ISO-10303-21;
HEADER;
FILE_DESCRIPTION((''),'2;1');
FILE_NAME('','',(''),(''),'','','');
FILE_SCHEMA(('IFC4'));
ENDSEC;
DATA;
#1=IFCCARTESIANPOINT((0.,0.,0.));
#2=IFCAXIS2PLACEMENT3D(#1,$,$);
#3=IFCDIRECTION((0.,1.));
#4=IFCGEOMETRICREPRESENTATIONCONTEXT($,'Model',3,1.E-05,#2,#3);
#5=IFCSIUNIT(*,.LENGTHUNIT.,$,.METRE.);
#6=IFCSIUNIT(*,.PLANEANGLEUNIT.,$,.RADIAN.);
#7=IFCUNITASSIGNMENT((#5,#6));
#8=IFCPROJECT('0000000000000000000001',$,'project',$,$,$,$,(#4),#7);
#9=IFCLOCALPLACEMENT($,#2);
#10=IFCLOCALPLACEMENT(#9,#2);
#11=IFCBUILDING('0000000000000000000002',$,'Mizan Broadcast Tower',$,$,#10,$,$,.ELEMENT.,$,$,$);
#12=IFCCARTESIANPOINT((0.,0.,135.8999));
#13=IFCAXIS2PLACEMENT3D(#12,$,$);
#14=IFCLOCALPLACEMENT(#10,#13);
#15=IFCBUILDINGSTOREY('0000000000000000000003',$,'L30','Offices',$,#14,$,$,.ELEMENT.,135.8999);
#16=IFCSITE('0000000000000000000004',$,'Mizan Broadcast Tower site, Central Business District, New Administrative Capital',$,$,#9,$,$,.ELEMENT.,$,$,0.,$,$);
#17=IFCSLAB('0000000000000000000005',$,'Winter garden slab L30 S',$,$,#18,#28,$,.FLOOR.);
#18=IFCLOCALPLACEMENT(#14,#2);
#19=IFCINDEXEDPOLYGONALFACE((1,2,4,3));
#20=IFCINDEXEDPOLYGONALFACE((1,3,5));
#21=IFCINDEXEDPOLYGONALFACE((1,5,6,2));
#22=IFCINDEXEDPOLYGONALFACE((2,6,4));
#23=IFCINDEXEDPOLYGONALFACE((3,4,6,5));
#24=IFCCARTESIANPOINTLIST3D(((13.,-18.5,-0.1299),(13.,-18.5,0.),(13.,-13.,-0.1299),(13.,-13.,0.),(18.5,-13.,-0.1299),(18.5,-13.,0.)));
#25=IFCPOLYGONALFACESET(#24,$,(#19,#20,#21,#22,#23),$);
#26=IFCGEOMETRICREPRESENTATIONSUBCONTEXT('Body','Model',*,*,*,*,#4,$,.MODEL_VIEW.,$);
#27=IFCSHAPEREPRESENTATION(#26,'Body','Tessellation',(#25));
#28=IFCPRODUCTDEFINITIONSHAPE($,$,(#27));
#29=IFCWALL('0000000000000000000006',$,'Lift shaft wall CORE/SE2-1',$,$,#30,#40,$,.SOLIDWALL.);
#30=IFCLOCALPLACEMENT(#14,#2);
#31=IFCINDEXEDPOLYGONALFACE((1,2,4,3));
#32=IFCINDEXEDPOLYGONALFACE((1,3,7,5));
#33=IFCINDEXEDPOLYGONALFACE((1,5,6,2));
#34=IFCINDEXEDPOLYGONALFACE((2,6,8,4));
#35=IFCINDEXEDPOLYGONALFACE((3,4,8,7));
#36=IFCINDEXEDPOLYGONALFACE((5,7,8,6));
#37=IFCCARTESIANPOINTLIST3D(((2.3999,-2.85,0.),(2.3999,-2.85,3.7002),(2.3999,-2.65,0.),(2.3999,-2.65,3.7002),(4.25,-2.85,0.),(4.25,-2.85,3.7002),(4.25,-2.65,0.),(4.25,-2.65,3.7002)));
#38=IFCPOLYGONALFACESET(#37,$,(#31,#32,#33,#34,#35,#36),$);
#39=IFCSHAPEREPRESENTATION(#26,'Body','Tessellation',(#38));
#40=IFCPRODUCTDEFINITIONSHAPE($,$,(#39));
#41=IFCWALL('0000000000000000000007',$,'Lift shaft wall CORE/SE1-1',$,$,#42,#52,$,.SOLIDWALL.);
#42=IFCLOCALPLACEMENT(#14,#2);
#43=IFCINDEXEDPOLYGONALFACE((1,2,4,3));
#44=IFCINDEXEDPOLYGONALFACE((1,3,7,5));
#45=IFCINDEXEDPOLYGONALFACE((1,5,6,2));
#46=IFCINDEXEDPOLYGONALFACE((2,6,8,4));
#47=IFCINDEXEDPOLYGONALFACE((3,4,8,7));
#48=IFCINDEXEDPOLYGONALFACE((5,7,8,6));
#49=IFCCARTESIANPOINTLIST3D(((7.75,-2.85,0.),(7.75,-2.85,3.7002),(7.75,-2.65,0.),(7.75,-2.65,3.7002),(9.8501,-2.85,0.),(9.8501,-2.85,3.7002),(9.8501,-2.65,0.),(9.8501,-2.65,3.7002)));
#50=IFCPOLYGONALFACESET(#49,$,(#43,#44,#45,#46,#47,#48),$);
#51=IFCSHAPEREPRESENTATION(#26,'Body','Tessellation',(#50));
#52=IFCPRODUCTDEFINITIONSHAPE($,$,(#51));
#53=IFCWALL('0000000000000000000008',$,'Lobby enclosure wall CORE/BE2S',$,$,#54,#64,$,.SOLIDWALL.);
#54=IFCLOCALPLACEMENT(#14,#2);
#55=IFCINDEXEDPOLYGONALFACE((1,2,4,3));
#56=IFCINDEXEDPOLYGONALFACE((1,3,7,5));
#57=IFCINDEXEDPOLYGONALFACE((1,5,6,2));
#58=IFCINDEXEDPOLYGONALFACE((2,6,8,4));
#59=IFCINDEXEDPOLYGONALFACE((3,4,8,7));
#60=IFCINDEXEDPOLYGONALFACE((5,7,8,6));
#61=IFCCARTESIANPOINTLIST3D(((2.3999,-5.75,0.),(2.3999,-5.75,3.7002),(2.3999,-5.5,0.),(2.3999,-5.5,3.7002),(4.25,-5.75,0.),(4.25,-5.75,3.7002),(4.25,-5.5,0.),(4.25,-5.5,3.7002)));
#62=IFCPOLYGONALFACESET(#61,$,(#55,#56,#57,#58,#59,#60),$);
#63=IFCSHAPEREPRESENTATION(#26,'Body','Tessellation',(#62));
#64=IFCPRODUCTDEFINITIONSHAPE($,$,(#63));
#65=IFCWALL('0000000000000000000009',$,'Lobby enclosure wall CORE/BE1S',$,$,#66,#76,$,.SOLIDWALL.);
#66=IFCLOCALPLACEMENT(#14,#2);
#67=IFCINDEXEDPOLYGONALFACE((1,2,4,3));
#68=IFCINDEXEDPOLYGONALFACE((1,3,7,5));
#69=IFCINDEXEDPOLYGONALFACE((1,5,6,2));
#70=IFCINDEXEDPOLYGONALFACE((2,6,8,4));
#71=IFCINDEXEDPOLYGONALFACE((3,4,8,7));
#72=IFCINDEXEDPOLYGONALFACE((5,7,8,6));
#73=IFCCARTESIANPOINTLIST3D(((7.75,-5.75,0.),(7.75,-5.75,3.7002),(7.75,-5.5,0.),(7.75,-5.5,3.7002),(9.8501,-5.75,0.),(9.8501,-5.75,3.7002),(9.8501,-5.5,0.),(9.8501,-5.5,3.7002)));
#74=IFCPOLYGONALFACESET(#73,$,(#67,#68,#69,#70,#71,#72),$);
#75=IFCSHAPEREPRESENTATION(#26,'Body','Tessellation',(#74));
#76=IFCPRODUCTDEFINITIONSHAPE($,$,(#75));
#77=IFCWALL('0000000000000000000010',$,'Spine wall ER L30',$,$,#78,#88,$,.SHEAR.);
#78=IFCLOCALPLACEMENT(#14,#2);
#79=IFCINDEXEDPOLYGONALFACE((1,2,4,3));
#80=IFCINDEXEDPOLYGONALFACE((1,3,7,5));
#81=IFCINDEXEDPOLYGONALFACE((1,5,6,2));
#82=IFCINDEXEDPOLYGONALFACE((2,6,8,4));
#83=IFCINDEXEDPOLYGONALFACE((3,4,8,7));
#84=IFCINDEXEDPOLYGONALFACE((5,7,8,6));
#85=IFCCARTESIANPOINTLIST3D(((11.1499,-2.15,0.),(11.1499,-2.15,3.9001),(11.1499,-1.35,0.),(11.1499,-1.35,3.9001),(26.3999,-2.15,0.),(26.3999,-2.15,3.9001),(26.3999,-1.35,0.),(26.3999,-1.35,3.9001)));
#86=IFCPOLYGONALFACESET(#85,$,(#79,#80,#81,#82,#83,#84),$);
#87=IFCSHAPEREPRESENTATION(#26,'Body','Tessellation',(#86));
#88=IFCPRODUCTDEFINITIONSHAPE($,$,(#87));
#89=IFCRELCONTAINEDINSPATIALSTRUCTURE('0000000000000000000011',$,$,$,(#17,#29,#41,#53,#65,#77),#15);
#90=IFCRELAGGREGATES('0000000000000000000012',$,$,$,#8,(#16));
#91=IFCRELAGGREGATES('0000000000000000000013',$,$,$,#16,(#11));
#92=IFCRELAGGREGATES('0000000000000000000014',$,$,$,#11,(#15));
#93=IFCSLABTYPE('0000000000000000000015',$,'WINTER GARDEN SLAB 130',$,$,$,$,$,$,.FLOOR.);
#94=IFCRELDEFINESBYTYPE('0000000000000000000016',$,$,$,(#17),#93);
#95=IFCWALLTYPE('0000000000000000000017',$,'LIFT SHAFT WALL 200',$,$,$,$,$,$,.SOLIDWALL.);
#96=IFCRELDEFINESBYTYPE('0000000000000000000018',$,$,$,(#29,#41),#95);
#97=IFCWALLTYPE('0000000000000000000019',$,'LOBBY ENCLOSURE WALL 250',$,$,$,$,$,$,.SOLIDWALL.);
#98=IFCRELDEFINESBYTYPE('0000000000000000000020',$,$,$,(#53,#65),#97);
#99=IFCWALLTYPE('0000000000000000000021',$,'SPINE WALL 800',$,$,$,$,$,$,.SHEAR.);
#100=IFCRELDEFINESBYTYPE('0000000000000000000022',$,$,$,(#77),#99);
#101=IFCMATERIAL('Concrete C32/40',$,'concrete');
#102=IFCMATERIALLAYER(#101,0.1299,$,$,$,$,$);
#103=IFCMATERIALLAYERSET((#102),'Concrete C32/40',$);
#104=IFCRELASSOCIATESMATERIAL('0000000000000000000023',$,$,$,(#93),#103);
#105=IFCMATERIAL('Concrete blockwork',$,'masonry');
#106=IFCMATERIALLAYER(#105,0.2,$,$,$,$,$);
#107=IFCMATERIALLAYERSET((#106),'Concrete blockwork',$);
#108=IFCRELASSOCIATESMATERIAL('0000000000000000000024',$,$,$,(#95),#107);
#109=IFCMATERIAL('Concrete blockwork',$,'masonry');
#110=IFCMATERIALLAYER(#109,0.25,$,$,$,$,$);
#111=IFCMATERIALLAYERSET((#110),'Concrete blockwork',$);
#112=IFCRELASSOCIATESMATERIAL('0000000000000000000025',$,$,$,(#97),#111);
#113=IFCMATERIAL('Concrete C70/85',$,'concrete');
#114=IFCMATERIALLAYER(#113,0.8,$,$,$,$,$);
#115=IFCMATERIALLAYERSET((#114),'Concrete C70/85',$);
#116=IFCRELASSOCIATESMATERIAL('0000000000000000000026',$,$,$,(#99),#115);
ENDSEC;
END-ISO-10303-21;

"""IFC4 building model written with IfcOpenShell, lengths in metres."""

from ifc_helpers import new_model, si_unit, direction, frame, frame_2d, origin, place, context, subcontext, project, spatial, polyline, rectangle, outline, extrude, material, layer, layer_set, type_object, element, save


model = new_model("IFC4")

# Units and contexts
model_context = context("Model", 3, precision=1e-05, world=origin(), true_north=direction((0.0, 1.0)))
body_context = subcontext(model_context, "Body", "Model", "MODEL_VIEW")
ifc_project = project(units=[si_unit("LENGTHUNIT", "METRE"), si_unit("PLANEANGLEUNIT", "RADIAN")], contexts=[model_context])

# Site, building, storey
site_placement = place(None, origin())
site = spatial("IfcSite", under=ifc_project, at=site_placement, Name="Mizan Broadcast Tower site, Central Business District, New Administrative Capital", CompositionType="ELEMENT", RefElevation=0.0)
building_placement = place(site_placement, origin())
building = spatial("IfcBuilding", under=site, at=building_placement, Name="Mizan Broadcast Tower", CompositionType="ELEMENT")
storey_placement = place(building_placement, frame((0.0, 0.0, 135.8999)))
storey = spatial("IfcBuildingStorey", under=building, at=storey_placement, Name="L30", Description="Offices", CompositionType="ELEMENT", Elevation=135.8999)

# Slab
ifc_material_1 = material(Name="Concrete C32/40", Category="concrete")
ifc_layer_1 = layer(ifc_material_1, 0.1299)
ifc_layer_set_1 = layer_set([ifc_layer_1], Name="Concrete C32/40")
slab_type_1 = type_object("IfcSlabType", Name="WINTER GARDEN SLAB 130", PredefinedType="FLOOR", material=ifc_layer_set_1)
slab_1_placement = place(storey_placement, frame((0.0, 0.0, -0.1299)))
element("IfcSlab", 1, at=slab_1_placement, inside=storey, type_object=slab_type_1, Name="Winter garden slab L30 S", PredefinedType="FLOOR", context=body_context, shape_type="SweptSolid", body=[
    extrude(outline(polyline([(13.0, -13.0), (13.0, -18.5), (18.5, -13.0), (13.0, -13.0)])), origin(), (0.0, 0.0, 1.0), 0.1299),
])

# Walls
ifc_material_2 = material(Name="Concrete blockwork", Category="masonry")
ifc_layer_2 = layer(ifc_material_2, 0.2)
ifc_layer_set_2 = layer_set([ifc_layer_2], Name="Concrete blockwork")
wall_type_1 = type_object("IfcWallType", Name="LIFT SHAFT WALL 200", PredefinedType="SOLIDWALL", material=ifc_layer_set_2)
wall_1_placement = place(storey_placement, frame((2.3999, -2.75, 0.0), z_axis=(0.0, 0.0, 1.0), x_axis=(1.0, 0.0, 0.0)))
element("IfcWall", 2, at=wall_1_placement, inside=storey, type_object=wall_type_1, Name="Lift shaft wall CORE/SE2-1", PredefinedType="SOLIDWALL", context=body_context, shape_type="SweptSolid", body=[
    extrude(rectangle(XDim=1.8501, YDim=0.2, at=frame_2d((0.925, 0.0))), origin(), (0.0, 0.0, 1.0), 3.7002),
])
wall_2_placement = place(storey_placement, frame((7.75, -2.75, 0.0), z_axis=(0.0, 0.0, 1.0), x_axis=(1.0, 0.0, 0.0)))
element("IfcWall", 3, at=wall_2_placement, inside=storey, type_object=wall_type_1, Name="Lift shaft wall CORE/SE1-1", PredefinedType="SOLIDWALL", context=body_context, shape_type="SweptSolid", body=[
    extrude(rectangle(XDim=2.1001, YDim=0.2, at=frame_2d((1.05, 0.0))), origin(), (0.0, 0.0, 1.0), 3.7002),
])
ifc_material_3 = material(Name="Concrete blockwork", Category="masonry")
ifc_layer_3 = layer(ifc_material_3, 0.25)
ifc_layer_set_3 = layer_set([ifc_layer_3], Name="Concrete blockwork")
wall_type_2 = type_object("IfcWallType", Name="LOBBY ENCLOSURE WALL 250", PredefinedType="SOLIDWALL", material=ifc_layer_set_3)
wall_3_placement = place(storey_placement, frame((2.3999, -5.625, 0.0), z_axis=(0.0, 0.0, 1.0), x_axis=(1.0, 0.0, 0.0)))
element("IfcWall", 4, at=wall_3_placement, inside=storey, type_object=wall_type_2, Name="Lobby enclosure wall CORE/BE2S", PredefinedType="SOLIDWALL", context=body_context, shape_type="SweptSolid", body=[
    extrude(rectangle(XDim=1.8501, YDim=0.25, at=frame_2d((0.925, 0.0))), origin(), (0.0, 0.0, 1.0), 3.7002),
])
wall_4_placement = place(storey_placement, frame((7.75, -5.625, 0.0), z_axis=(0.0, 0.0, 1.0), x_axis=(1.0, 0.0, 0.0)))
element("IfcWall", 5, at=wall_4_placement, inside=storey, type_object=wall_type_2, Name="Lobby enclosure wall CORE/BE1S", PredefinedType="SOLIDWALL", context=body_context, shape_type="SweptSolid", body=[
    extrude(rectangle(XDim=2.1001, YDim=0.25, at=frame_2d((1.05, 0.0))), origin(), (0.0, 0.0, 1.0), 3.7002),
])
ifc_material_4 = material(Name="Concrete C70/85", Category="concrete")
ifc_layer_4 = layer(ifc_material_4, 0.8)
ifc_layer_set_4 = layer_set([ifc_layer_4], Name="Concrete C70/85")
wall_type_3 = type_object("IfcWallType", Name="SPINE WALL 800", PredefinedType="SHEAR", material=ifc_layer_set_4)
wall_5_placement = place(storey_placement, frame((11.1499, -1.75, 0.0), z_axis=(0.0, 0.0, 1.0), x_axis=(1.0, 0.0, 0.0)))
element("IfcWall", 6, at=wall_5_placement, inside=storey, type_object=wall_type_3, Name="Spine wall ER L30", PredefinedType="SHEAR", context=body_context, shape_type="SweptSolid", body=[
    extrude(rectangle(XDim=15.25, YDim=0.8, at=frame_2d((7.625, 0.0))), origin(), (0.0, 0.0, 1.0), 3.9001),
])

save(model, "model.ifc")
